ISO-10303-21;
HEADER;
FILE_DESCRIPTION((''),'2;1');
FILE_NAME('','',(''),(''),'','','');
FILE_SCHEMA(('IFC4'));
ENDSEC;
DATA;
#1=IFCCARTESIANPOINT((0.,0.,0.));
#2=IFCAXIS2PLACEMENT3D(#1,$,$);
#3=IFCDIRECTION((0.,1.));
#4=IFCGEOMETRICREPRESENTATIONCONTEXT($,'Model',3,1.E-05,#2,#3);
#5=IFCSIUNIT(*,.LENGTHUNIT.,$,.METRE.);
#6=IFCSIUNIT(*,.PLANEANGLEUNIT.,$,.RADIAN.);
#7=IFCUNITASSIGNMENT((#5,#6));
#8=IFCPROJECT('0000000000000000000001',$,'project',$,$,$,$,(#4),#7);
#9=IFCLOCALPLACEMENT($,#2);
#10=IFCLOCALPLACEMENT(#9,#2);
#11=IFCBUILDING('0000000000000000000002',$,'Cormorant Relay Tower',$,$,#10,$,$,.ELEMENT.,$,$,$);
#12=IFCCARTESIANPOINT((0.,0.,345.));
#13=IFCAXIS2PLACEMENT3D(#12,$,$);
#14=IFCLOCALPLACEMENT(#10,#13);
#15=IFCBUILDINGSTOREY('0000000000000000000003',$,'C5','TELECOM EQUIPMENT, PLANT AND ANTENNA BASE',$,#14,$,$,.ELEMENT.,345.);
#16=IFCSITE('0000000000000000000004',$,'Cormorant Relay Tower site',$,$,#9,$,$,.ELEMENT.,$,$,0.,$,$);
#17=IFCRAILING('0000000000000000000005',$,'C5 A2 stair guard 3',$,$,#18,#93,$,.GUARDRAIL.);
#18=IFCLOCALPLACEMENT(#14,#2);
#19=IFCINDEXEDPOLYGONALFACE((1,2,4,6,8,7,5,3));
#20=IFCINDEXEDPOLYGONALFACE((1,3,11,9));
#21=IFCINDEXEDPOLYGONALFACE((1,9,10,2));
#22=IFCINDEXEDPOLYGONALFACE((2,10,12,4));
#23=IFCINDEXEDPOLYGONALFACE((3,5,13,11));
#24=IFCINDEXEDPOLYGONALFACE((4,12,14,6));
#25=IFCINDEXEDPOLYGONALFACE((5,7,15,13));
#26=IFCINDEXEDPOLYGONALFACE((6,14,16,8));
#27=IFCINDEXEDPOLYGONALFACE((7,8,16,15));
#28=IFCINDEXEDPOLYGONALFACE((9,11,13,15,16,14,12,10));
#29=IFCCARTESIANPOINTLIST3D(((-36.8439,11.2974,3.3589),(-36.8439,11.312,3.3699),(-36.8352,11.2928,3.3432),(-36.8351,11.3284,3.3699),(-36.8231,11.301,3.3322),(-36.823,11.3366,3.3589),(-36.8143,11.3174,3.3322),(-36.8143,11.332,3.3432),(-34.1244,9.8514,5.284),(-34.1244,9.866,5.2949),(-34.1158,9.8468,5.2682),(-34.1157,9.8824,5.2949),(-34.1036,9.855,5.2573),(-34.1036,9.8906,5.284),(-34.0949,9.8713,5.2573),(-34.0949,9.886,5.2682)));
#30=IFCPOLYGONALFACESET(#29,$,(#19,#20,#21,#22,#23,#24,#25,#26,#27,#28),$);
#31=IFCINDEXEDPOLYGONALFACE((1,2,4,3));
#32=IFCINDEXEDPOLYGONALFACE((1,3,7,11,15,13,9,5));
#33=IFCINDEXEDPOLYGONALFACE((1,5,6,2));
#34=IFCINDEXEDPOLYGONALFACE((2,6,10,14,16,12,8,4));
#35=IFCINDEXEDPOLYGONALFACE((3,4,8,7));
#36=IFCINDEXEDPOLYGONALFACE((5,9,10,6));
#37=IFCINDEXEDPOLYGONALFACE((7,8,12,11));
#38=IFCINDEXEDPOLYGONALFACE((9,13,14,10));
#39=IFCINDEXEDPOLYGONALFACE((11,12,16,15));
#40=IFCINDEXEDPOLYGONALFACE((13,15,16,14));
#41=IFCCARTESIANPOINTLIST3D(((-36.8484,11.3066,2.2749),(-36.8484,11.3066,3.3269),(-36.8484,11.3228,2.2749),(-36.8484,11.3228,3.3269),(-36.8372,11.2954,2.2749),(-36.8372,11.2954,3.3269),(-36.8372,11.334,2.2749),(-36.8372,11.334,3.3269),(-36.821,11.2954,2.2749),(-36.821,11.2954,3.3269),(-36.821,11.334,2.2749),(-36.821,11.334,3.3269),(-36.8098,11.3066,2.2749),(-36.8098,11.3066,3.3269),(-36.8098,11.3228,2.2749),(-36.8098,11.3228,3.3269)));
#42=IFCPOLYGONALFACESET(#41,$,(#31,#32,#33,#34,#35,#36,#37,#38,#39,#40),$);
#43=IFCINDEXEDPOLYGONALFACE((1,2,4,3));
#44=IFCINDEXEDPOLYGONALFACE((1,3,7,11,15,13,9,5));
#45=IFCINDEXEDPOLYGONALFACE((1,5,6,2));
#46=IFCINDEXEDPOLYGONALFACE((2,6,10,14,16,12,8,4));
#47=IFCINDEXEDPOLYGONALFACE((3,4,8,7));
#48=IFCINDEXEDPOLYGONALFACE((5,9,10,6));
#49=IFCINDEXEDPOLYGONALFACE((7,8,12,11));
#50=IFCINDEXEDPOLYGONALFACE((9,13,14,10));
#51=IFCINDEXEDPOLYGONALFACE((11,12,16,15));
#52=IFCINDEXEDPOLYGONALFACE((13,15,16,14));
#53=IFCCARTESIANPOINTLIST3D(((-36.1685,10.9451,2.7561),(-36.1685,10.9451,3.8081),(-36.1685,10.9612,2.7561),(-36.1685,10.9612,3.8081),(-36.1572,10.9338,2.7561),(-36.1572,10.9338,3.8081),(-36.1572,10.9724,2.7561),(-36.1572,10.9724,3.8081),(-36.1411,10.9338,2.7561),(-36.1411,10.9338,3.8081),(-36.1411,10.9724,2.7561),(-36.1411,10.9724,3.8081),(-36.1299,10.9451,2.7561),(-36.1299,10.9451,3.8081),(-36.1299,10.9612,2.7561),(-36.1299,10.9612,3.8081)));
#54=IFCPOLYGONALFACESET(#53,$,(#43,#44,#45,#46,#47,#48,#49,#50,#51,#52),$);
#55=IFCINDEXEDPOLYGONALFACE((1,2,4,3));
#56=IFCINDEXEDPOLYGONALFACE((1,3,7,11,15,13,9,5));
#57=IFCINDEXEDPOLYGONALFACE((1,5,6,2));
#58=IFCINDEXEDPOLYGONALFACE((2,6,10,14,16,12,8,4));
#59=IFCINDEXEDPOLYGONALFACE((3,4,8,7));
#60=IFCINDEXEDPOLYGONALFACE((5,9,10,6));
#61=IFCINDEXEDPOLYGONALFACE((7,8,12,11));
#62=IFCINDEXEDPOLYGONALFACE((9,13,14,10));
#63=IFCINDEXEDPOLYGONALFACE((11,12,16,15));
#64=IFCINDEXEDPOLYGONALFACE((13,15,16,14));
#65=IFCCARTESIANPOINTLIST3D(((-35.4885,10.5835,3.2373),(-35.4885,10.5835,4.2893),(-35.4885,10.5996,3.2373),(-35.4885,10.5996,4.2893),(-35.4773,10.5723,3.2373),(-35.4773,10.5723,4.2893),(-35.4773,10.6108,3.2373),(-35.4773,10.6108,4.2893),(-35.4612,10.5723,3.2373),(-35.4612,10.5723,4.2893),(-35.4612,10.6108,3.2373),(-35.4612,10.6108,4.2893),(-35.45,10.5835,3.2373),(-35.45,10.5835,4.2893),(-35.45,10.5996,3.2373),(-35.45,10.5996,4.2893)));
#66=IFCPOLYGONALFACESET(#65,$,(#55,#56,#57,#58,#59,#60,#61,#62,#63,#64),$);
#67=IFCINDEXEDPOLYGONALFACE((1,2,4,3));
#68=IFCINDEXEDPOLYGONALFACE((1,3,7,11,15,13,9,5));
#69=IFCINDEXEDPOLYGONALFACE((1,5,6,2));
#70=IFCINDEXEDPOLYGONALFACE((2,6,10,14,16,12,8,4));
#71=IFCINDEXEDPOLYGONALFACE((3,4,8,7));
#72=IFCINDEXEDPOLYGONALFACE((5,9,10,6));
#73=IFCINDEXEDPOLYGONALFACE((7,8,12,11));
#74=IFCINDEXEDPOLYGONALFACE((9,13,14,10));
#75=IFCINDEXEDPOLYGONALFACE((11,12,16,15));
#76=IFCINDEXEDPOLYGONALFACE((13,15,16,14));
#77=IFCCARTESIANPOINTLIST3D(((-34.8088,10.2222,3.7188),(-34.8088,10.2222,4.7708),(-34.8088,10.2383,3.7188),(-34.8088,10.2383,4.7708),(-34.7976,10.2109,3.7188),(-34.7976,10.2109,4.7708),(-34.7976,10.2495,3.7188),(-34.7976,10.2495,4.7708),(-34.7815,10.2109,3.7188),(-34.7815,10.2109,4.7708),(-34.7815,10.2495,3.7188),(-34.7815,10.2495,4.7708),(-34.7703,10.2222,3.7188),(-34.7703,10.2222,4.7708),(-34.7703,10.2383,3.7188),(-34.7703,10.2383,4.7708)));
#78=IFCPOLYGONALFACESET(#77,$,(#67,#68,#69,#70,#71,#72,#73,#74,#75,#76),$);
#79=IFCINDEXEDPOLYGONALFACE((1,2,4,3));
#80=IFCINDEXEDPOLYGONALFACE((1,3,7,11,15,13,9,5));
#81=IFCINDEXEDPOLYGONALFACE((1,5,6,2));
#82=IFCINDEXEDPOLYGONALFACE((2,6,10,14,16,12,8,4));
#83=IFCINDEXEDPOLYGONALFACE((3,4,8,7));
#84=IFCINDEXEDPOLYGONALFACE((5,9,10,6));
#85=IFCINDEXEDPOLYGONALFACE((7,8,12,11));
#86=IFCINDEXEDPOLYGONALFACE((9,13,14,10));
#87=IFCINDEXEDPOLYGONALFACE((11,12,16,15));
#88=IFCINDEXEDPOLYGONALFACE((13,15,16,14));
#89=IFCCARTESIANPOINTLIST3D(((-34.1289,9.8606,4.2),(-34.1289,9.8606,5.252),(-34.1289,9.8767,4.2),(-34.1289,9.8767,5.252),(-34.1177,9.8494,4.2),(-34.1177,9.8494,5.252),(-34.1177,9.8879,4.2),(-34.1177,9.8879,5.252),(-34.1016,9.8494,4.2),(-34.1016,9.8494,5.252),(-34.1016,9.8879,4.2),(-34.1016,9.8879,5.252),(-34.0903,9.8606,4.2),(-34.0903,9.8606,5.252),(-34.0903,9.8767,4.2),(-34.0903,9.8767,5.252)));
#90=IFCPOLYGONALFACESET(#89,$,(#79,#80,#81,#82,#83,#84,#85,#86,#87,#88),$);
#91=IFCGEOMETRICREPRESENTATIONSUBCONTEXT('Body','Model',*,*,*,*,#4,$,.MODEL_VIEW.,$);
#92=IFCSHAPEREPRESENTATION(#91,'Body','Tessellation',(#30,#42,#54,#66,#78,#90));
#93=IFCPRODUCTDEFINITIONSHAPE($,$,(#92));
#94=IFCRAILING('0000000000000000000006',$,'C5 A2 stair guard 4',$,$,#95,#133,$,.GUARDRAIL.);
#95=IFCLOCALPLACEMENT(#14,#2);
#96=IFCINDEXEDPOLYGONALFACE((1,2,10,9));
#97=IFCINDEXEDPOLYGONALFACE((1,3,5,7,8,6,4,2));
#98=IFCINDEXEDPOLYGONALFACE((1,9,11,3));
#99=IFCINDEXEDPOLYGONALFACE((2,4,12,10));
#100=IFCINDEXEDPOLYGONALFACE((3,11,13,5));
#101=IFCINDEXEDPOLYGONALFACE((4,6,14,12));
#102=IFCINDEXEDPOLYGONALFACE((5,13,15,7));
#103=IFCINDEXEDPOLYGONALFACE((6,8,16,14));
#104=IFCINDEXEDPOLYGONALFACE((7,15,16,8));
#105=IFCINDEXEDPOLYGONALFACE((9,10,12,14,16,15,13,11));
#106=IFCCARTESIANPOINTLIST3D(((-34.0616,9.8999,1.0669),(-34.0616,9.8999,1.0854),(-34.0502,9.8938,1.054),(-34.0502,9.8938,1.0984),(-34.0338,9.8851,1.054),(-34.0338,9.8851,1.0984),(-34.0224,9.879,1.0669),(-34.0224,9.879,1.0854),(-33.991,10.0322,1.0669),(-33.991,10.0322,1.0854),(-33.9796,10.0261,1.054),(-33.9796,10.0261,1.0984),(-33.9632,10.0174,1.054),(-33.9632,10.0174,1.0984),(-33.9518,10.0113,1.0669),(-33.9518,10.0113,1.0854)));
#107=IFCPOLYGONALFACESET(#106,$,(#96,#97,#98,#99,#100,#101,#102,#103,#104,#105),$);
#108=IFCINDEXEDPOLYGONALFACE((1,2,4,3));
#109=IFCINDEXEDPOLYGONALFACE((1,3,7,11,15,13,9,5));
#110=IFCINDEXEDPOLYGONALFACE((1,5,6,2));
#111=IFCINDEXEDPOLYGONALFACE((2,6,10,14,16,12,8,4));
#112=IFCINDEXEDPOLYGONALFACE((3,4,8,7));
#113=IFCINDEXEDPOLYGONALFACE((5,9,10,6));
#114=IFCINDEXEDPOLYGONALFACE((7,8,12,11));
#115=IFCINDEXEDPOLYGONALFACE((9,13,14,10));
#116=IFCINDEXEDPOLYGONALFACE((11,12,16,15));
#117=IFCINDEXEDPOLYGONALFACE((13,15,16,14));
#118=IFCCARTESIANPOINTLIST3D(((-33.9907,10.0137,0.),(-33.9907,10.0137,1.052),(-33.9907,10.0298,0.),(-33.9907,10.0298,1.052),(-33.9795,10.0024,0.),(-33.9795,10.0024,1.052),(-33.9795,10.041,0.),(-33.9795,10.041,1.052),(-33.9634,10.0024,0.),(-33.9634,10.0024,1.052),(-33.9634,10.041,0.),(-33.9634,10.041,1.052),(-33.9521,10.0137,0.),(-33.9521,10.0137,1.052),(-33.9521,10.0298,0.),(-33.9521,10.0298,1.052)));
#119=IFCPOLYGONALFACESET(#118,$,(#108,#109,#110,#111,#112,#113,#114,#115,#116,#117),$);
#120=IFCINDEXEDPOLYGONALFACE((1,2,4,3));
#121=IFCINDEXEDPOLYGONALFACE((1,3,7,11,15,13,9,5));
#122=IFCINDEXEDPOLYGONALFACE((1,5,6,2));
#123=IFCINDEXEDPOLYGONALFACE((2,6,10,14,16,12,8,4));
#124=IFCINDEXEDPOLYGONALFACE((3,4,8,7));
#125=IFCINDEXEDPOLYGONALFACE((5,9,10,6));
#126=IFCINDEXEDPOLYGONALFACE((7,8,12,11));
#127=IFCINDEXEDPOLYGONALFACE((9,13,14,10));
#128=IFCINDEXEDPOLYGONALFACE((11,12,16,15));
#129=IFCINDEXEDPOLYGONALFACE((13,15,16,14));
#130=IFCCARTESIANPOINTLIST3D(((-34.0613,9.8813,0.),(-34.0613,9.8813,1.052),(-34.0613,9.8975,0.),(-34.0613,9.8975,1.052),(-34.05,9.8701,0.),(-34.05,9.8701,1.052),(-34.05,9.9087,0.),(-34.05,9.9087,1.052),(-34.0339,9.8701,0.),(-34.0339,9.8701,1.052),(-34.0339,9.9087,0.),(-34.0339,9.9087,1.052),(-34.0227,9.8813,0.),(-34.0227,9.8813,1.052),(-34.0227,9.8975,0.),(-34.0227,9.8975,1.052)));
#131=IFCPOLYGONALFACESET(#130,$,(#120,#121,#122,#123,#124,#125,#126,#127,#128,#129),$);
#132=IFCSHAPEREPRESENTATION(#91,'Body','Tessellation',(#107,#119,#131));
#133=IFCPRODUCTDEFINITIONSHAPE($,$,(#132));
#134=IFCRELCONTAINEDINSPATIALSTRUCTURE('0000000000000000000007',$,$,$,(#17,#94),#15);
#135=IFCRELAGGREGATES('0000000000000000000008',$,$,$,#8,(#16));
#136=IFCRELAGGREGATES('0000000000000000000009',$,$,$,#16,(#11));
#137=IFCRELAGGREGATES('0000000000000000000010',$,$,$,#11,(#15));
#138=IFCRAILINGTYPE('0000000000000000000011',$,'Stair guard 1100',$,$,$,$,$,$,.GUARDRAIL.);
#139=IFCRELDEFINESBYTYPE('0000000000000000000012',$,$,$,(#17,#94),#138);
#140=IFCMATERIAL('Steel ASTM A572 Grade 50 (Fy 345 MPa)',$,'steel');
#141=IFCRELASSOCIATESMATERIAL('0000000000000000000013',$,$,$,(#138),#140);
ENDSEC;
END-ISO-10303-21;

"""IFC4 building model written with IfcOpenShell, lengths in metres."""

from ifc_helpers import new_model, si_unit, direction, frame, origin, place, context, subcontext, project, spatial, polyline, outline, extrude, material, type_object, element, save


model = new_model("IFC4")

# Units and contexts
model_context = context("Model", 3, precision=1e-05, world=origin(), true_north=direction((0.0, 1.0)))
body_context = subcontext(model_context, "Body", "Model", "MODEL_VIEW")
ifc_project = project(units=[si_unit("LENGTHUNIT", "METRE"), si_unit("PLANEANGLEUNIT", "RADIAN")], contexts=[model_context])

# Site, building, storey
site_placement = place(None, origin())
site = spatial("IfcSite", under=ifc_project, at=site_placement, Name="Cormorant Relay Tower site", CompositionType="ELEMENT", RefElevation=0.0)
building_placement = place(site_placement, origin())
building = spatial("IfcBuilding", under=site, at=building_placement, Name="Cormorant Relay Tower", CompositionType="ELEMENT")
storey_placement = place(building_placement, frame((0.0, 0.0, 345.0)))
storey = spatial("IfcBuildingStorey", under=building, at=storey_placement, Name="C5", Description="TELECOM EQUIPMENT, PLANT AND ANTENNA BASE", CompositionType="ELEMENT", Elevation=345.0)

# Railings
ifc_material_1 = material(Name="Steel ASTM A572 Grade 50 (Fy 345 MPa)", Category="steel")
railing_type_1 = type_object("IfcRailingType", Name="Stair guard 1100", PredefinedType="GUARDRAIL", material=ifc_material_1)
railing_1_placement = place(storey_placement, frame((-36.8291, 11.3147, 2.2749)))
element("IfcRailing", 1, at=railing_1_placement, inside=storey, type_object=railing_type_1, Name="C5 A2 stair guard 3", PredefinedType="GUARDRAIL", context=body_context, shape_type="SweptSolid", body=[
    extrude(outline(polyline([(0.0222, 0.0093), (0.0093, 0.0222), (-0.0093, 0.0222), (-0.0222, 0.0093), (-0.0222, -0.0093), (-0.0093, -0.0222), (0.0093, -0.0222), (0.0222, -0.0093), (0.0222, 0.0093)])), frame((0.0, 0.0, 1.0762), z_axis=(0.748727, -0.398125, 0.530004), x_axis=(0.469489, 0.882938, 0.0)), (0.0, 0.0, 1.0), 3.6321),
    extrude(outline(polyline([(0.0193, 0.0081), (0.0081, 0.0193), (-0.0081, 0.0193), (-0.0193, 0.0081), (-0.0193, -0.0081), (-0.0081, -0.0193), (0.0081, -0.0193), (0.0193, -0.0081), (0.0193, 0.0081)])), origin(), (0.0, 0.0, 1.0), 1.052),
    extrude(outline(polyline([(0.0193, 0.0081), (0.0081, 0.0193), (-0.0081, 0.0193), (-0.0193, 0.0081), (-0.0193, -0.0081), (-0.0081, -0.0193), (0.0081, -0.0193), (0.0193, -0.0081), (0.0193, 0.0081)])), frame((0.6799, -0.3616, 0.4812)), (0.0, 0.0, 1.0), 1.052),
    extrude(outline(polyline([(0.0193, 0.0081), (0.0081, 0.0193), (-0.0081, 0.0193), (-0.0193, 0.0081), (-0.0193, -0.0081), (-0.0081, -0.0193), (0.0081, -0.0193), (0.0193, -0.0081), (0.0193, 0.0081)])), frame((1.3599, -0.7231, 0.9624)), (0.0, 0.0, 1.0), 1.052),
    extrude(outline(polyline([(0.0193, 0.0081), (0.0081, 0.0193), (-0.0081, 0.0193), (-0.0193, 0.0081), (-0.0193, -0.0081), (-0.0081, -0.0193), (0.0081, -0.0193), (0.0193, -0.0081), (0.0193, 0.0081)])), frame((2.0396, -1.0845, 1.4438)), (0.0, 0.0, 1.0), 1.052),
    extrude(outline(polyline([(0.0193, 0.0081), (0.0081, 0.0193), (-0.0081, 0.0193), (-0.0193, 0.0081), (-0.0193, -0.0081), (-0.0081, -0.0193), (0.0081, -0.0193), (0.0193, -0.0081), (0.0193, 0.0081)])), frame((2.7195, -1.446, 1.925)), (0.0, 0.0, 1.0), 1.052),
])
railing_2_placement = place(storey_placement, frame((-33.9714, 10.0217, 0.0)))
element("IfcRailing", 2, at=railing_2_placement, inside=storey, type_object=railing_type_1, Name="C5 A2 stair guard 4", PredefinedType="GUARDRAIL", context=body_context, shape_type="SweptSolid", body=[
    extrude(outline(polyline([(0.0222, 0.0093), (0.0093, 0.0222), (-0.0093, 0.0222), (-0.0222, 0.0093), (-0.0222, -0.0093), (-0.0093, -0.0222), (0.0093, -0.0222), (0.0222, -0.0093), (0.0222, 0.0093)])), frame((0.0, 0.0, 1.0762), z_axis=(-0.470504, -0.882398, 0.0), x_axis=(0.882398, -0.470504, 0.0)), (0.0, 0.0, 1.0), 0.1499),
    extrude(outline(polyline([(0.0193, 0.0081), (0.0081, 0.0193), (-0.0081, 0.0193), (-0.0193, 0.0081), (-0.0193, -0.0081), (-0.0081, -0.0193), (0.0081, -0.0193), (0.0193, -0.0081), (0.0193, 0.0081)])), origin(), (0.0, 0.0, 1.0), 1.052),
    extrude(outline(polyline([(0.0193, 0.0081), (0.0081, 0.0193), (-0.0081, 0.0193), (-0.0193, 0.0081), (-0.0193, -0.0081), (-0.0081, -0.0193), (0.0081, -0.0193), (0.0193, -0.0081), (0.0193, 0.0081)])), frame((-0.0706, -0.1323, 0.0)), (0.0, 0.0, 1.0), 1.052),
])

save(model, "model.ifc")
